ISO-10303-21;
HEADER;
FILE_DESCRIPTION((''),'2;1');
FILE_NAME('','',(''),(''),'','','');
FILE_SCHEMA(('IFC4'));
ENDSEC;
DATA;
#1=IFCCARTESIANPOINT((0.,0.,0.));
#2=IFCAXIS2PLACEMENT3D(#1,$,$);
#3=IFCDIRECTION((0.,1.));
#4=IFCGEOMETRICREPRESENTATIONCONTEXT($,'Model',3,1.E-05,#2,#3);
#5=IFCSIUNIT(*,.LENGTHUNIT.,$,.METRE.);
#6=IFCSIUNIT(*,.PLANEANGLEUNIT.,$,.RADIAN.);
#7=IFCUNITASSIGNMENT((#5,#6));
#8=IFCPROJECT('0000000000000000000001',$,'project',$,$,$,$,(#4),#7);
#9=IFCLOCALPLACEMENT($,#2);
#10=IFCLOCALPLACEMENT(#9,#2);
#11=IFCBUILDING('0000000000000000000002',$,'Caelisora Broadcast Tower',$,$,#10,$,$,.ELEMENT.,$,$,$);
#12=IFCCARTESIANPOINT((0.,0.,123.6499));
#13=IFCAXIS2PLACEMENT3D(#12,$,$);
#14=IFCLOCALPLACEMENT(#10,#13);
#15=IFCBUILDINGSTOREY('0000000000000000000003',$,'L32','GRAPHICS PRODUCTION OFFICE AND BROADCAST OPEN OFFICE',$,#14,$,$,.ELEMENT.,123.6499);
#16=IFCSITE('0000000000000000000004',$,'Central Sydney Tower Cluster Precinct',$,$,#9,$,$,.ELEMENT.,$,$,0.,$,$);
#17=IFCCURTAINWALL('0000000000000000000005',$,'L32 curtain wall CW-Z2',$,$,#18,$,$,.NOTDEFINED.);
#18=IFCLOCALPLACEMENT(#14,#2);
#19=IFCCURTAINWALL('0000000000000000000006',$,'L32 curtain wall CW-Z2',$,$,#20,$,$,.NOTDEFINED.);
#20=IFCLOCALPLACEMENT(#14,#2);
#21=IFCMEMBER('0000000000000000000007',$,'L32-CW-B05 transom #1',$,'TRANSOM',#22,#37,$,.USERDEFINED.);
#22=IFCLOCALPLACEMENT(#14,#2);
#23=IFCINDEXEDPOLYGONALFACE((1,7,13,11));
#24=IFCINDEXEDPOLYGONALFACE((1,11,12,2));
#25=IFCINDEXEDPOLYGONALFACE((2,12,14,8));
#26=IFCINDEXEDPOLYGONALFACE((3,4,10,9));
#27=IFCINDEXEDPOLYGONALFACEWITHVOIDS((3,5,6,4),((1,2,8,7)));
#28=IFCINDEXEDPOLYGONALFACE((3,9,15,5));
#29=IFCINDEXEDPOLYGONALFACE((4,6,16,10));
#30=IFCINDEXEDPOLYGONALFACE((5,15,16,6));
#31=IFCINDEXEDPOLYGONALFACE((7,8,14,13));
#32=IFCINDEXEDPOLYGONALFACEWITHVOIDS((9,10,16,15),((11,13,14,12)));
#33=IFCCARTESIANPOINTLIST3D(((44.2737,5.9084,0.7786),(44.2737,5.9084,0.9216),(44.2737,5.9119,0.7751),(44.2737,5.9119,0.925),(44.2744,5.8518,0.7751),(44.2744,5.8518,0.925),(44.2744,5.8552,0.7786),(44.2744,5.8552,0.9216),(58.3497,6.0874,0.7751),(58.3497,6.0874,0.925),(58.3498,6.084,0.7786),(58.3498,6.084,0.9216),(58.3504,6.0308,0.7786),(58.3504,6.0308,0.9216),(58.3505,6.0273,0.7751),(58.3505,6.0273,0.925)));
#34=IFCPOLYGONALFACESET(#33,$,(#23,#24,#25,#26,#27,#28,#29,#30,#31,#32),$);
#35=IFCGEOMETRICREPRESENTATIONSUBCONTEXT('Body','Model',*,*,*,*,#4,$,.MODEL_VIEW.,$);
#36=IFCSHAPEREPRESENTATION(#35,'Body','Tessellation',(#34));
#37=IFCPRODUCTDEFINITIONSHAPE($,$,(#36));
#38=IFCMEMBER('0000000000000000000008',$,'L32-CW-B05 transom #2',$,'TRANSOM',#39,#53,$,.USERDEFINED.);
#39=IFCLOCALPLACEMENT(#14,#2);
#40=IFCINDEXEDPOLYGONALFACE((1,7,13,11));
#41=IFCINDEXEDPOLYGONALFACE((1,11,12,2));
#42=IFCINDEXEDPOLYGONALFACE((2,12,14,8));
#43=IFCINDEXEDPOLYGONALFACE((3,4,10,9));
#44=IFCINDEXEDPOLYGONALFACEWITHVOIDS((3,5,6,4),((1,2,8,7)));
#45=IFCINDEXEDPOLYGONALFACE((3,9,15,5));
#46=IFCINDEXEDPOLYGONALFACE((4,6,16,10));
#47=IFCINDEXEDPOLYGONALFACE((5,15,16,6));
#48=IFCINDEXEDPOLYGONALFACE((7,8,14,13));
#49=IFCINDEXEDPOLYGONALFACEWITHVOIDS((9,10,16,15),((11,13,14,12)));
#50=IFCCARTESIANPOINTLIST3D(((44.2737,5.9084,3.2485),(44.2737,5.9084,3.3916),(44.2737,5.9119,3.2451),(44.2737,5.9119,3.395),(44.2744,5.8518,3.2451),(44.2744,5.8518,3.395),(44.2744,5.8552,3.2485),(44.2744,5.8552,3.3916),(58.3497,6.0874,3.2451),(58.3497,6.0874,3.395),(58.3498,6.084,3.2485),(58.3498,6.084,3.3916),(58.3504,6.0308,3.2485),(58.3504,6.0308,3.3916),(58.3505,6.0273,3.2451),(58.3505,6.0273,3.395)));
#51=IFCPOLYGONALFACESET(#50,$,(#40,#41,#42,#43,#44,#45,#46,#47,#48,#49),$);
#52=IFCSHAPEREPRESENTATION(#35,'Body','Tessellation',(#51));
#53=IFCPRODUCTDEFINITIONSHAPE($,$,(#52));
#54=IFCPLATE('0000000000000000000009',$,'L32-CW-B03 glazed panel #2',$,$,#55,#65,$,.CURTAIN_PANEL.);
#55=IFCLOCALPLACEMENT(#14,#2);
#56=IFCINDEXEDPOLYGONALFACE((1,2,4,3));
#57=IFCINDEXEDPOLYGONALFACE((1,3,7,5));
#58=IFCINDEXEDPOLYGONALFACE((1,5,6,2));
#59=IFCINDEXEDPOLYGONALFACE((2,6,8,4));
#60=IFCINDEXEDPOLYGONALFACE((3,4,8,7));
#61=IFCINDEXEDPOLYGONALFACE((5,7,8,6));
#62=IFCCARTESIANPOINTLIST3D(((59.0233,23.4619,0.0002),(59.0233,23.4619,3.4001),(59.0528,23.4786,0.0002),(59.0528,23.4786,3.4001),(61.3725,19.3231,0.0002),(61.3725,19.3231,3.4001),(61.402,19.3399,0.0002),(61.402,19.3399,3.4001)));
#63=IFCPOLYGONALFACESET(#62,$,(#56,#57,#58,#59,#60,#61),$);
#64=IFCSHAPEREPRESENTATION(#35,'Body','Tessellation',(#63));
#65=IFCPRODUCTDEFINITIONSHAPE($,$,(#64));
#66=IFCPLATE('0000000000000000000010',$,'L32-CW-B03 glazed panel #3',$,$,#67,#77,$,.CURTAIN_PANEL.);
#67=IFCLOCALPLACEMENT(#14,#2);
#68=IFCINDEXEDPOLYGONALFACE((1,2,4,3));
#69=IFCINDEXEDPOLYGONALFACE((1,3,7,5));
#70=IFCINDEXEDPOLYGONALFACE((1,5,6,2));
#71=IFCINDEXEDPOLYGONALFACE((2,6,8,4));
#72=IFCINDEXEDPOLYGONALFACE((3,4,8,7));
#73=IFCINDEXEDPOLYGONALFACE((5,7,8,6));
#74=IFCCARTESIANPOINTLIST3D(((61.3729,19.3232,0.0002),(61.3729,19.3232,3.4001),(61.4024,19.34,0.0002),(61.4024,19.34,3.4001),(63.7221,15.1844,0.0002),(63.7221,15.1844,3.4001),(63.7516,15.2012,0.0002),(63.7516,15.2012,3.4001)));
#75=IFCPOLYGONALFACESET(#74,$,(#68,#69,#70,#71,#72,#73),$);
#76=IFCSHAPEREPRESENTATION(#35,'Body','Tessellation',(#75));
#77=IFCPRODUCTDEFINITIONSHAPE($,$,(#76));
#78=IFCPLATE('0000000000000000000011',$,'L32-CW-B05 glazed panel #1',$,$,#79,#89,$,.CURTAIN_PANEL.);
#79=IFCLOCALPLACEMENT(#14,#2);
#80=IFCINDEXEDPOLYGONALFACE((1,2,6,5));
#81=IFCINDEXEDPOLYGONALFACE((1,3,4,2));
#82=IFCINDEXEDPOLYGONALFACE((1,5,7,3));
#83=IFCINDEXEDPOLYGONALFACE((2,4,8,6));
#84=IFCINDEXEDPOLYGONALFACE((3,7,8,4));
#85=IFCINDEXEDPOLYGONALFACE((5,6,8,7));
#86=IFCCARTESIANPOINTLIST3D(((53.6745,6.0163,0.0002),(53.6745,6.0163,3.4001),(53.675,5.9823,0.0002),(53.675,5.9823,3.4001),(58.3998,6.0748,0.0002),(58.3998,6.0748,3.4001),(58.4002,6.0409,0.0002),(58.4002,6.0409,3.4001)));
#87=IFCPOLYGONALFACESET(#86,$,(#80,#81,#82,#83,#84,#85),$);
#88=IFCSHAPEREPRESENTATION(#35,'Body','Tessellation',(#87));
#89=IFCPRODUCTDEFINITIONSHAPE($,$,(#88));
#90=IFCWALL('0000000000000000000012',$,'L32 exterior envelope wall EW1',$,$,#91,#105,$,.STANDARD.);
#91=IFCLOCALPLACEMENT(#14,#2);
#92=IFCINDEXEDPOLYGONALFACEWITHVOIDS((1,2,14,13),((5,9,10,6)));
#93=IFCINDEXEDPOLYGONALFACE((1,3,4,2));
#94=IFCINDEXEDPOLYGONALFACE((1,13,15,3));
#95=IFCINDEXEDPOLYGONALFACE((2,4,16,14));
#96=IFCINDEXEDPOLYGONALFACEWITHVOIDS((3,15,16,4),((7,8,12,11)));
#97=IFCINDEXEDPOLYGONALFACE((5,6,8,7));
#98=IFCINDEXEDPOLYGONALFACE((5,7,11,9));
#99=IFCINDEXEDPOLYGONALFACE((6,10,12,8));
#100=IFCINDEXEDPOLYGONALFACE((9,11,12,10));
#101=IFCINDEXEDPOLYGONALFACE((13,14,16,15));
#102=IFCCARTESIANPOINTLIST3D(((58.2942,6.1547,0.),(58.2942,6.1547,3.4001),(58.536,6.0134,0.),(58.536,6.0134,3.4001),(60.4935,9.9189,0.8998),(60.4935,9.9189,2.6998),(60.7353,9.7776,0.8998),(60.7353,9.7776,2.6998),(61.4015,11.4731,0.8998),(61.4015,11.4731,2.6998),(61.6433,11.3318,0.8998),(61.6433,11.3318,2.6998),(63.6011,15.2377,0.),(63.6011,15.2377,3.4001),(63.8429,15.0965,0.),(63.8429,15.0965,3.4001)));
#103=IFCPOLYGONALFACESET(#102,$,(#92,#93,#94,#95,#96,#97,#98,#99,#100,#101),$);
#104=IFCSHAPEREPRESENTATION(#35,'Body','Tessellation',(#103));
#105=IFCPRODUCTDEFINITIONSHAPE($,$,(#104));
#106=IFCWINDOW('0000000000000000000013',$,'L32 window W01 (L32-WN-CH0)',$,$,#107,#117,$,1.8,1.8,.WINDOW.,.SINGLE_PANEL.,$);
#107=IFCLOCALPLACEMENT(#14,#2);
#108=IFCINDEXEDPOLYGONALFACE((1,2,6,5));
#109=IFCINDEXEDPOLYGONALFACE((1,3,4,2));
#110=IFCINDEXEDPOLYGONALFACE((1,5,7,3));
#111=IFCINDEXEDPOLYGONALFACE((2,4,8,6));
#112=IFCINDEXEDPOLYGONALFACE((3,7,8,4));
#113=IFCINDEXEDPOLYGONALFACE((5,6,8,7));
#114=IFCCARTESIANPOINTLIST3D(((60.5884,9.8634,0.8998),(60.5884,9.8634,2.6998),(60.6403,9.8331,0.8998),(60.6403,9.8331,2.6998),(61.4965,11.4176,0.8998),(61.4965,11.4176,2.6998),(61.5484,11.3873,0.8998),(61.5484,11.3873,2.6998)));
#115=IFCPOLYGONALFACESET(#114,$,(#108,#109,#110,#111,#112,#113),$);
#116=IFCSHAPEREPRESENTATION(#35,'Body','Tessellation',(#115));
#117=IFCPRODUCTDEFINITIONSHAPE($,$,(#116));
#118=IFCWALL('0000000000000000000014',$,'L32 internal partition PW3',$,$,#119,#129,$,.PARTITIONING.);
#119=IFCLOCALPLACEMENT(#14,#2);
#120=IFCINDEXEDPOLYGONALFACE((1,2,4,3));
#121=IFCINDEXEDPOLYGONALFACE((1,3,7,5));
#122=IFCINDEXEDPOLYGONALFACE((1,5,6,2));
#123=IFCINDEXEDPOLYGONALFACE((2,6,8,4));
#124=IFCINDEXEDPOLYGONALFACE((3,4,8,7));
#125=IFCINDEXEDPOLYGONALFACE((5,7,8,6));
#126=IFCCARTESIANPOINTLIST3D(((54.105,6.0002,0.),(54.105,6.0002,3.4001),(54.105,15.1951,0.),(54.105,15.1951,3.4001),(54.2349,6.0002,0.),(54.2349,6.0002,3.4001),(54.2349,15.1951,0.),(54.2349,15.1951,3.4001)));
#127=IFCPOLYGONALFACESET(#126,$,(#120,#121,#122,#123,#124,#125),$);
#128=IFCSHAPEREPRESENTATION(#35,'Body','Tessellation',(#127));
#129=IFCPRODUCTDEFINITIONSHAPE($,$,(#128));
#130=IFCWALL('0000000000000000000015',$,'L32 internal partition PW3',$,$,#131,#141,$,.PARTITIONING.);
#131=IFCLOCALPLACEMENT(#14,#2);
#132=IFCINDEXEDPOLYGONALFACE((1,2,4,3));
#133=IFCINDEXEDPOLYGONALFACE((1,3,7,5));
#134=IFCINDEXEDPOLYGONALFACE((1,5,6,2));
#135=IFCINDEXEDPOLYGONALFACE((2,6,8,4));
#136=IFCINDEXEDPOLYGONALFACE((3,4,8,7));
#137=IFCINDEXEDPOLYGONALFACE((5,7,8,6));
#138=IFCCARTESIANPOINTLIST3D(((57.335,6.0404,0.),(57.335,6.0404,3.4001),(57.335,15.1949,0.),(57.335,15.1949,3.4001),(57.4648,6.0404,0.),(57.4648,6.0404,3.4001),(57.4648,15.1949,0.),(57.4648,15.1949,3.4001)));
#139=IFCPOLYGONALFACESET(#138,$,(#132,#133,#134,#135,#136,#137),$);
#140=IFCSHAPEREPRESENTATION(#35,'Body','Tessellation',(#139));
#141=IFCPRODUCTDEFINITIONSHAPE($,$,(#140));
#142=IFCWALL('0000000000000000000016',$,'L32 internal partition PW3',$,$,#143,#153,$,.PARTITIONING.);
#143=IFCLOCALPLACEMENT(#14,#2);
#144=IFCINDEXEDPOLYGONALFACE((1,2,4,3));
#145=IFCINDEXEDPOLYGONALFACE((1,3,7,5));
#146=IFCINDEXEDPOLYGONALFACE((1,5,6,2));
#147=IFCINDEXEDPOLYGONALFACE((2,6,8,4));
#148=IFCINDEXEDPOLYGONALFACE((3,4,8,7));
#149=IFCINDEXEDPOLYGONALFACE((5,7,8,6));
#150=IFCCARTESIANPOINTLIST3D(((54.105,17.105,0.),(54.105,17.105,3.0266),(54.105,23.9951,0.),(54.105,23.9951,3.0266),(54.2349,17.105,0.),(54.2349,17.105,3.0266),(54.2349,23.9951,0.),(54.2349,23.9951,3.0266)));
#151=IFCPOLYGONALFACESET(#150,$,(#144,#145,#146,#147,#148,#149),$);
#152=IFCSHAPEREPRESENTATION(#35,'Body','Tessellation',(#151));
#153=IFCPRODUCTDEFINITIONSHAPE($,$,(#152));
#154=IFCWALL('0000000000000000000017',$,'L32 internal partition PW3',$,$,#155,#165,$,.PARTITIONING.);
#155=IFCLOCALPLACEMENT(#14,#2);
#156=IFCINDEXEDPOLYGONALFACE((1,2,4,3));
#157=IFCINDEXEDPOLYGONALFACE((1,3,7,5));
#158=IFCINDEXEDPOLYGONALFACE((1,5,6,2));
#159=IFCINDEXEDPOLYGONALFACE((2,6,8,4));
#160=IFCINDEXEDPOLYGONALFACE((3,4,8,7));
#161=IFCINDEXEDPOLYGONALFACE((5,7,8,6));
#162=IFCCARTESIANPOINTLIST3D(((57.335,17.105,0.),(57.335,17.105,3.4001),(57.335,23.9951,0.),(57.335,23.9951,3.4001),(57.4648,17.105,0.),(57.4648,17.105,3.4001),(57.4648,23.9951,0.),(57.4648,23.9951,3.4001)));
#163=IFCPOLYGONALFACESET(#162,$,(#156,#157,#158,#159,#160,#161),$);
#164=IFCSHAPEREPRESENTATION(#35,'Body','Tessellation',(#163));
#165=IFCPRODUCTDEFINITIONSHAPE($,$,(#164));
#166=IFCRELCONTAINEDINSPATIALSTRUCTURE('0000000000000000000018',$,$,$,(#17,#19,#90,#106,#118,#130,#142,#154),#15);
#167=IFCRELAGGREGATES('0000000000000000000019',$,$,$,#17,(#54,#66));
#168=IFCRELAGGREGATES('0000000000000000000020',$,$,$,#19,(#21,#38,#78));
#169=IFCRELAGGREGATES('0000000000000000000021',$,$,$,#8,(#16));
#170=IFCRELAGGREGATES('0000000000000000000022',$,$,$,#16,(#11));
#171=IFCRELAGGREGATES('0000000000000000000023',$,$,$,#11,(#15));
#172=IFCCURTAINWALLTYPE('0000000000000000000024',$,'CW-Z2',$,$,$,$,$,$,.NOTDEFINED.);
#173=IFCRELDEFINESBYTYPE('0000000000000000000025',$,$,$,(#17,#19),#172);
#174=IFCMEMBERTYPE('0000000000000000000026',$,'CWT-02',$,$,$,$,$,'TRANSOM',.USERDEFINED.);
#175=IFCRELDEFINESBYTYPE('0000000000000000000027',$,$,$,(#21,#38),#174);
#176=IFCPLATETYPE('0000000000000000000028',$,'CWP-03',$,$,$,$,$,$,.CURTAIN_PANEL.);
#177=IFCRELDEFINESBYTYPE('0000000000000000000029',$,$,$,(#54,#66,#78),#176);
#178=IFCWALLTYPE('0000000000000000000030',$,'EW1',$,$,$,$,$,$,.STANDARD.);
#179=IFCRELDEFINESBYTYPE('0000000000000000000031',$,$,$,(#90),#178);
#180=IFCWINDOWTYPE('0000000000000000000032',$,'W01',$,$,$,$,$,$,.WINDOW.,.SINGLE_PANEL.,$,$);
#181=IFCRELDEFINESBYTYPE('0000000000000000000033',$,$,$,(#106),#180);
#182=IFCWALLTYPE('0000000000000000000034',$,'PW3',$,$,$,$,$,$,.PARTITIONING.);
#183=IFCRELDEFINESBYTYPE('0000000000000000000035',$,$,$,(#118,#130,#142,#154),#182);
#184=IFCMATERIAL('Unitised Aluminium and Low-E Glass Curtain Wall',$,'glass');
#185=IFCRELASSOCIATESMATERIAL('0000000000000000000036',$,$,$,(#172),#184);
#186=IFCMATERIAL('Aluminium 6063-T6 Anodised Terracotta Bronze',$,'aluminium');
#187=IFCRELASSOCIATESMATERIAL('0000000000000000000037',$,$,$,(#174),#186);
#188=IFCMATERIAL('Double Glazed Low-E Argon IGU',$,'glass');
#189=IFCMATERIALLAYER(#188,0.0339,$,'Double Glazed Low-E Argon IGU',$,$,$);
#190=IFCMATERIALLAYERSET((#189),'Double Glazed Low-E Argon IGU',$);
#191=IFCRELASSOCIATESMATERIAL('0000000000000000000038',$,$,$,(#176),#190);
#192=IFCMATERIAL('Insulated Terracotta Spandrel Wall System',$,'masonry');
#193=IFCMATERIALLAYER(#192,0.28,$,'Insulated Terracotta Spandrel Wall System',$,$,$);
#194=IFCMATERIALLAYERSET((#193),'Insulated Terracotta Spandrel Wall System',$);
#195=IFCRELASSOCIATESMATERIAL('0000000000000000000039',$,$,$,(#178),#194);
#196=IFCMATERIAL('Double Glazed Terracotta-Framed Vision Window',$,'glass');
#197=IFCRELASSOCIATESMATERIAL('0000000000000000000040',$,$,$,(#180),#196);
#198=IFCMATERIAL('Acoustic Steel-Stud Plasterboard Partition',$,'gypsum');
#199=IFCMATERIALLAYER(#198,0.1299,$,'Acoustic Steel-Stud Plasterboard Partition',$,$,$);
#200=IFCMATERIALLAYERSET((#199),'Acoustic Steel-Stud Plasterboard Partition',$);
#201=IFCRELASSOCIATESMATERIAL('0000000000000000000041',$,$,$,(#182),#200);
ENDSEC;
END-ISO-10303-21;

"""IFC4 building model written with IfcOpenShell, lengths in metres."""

from ifc_helpers import new_model, si_unit, direction, frame, frame_2d, origin, origin_2d, place, context, subcontext, project, spatial, rectangle, hollow_rectangle, extrude, source, transform, mapped, material, layer, layer_set, material_profile, profile_set, type_object, type_shapes, element, fill, aggregate, save


model = new_model("IFC4")

# Units and contexts
model_context = context("Model", 3, precision=1e-05, world=origin(), true_north=direction((0.0, 1.0)))
body_context = subcontext(model_context, "Body", "Model", "MODEL_VIEW")
ifc_project = project(units=[si_unit("LENGTHUNIT", "METRE"), si_unit("PLANEANGLEUNIT", "RADIAN")], contexts=[model_context])

# Site, building, storey
site_placement = place(None, origin())
site = spatial("IfcSite", under=ifc_project, at=site_placement, Name="Central Sydney Tower Cluster Precinct", CompositionType="ELEMENT", RefElevation=0.0)
building_placement = place(site_placement, origin())
building = spatial("IfcBuilding", under=site, at=building_placement, Name="Caelisora Broadcast Tower", CompositionType="ELEMENT")
storey_placement = place(building_placement, frame((0.0, 0.0, 123.6499)))
storey = spatial("IfcBuildingStorey", under=building, at=storey_placement, Name="L32", Description="GRAPHICS PRODUCTION OFFICE AND BROADCAST OPEN OFFICE", CompositionType="ELEMENT", Elevation=123.6499)

# Curtain walls, members
ifc_material_1 = material(Name="Unitised Aluminium and Low-E Glass Curtain Wall", Category="glass")
curtain_wall_type = type_object("IfcCurtainWallType", Name="CW-Z2", PredefinedType="NOTDEFINED", material=ifc_material_1)
curtain_wall_1_placement = place(storey_placement, origin())
curtain_wall_1 = element("IfcCurtainWall", 1, at=curtain_wall_1_placement, inside=storey, type_object=curtain_wall_type, Name="L32 curtain wall CW-Z2", PredefinedType="NOTDEFINED")
ifc_material_2 = material(Name="Aluminium 6063-T6 Anodised Terracotta Bronze", Category="aluminium")
curtain_wall_2_placement = place(storey_placement, origin())
curtain_wall_2 = element("IfcCurtainWall", 2, at=curtain_wall_2_placement, inside=storey, type_object=curtain_wall_type, Name="L32 curtain wall CW-Z2", PredefinedType="NOTDEFINED")
ifc_material_profile_1 = material_profile(ifc_material_2, hollow_rectangle(XDim=0.0601, YDim=0.1499, WallThickness=0.0034, at=origin_2d()), Name="Aluminium 6063-T6 Anodised Terracotta Bronze")
ifc_profile_set_1 = profile_set([ifc_material_profile_1], Name="Aluminium 6063-T6 Anodised Terracotta Bronze")
member_type_1 = type_object("IfcMemberType", Name="CWT-02", ElementType="TRANSOM", PredefinedType="USERDEFINED", material=ifc_profile_set_1)
shared_shape_1 = source(origin(), body_context, "Body", "SweptSolid", [
    extrude(hollow_rectangle(XDim=0.0601, YDim=0.1499, WallThickness=0.0034, at=origin_2d()), origin(), (0.0, 0.0, 1.0), 14.0771),
])
type_shapes(member_type_1, [shared_shape_1])
member_1_placement = place(storey_placement, frame((58.3501, 6.0574, 0.8501), z_axis=(-0.999922, -0.01247, 0.0), x_axis=(0.01247, -0.999922, 0.0)))
member_1 = element("IfcMember", 3, at=member_1_placement, type_object=member_type_1, Name="L32-CW-B05 transom #1", ObjectType="TRANSOM", PredefinedType="USERDEFINED", context=body_context, shape_type="MappedRepresentation", body=[
    mapped(shared_shape_1, transform((0.0, 0.0, 0.0), scale=1.0)),
])
member_2_placement = place(storey_placement, frame((58.3501, 6.0574, 3.3201), z_axis=(-0.999922, -0.01247, 0.0), x_axis=(0.01247, -0.999922, 0.0)))
member_2 = element("IfcMember", 4, at=member_2_placement, type_object=member_type_1, Name="L32-CW-B05 transom #2", ObjectType="TRANSOM", PredefinedType="USERDEFINED", context=body_context, shape_type="MappedRepresentation", body=[
    mapped(shared_shape_1, transform((0.0, 0.0, 0.0), scale=1.0)),
])

# Plates
ifc_material_3 = material(Name="Double Glazed Low-E Argon IGU", Category="glass")
ifc_layer_1 = layer(ifc_material_3, 0.0339, Name="Double Glazed Low-E Argon IGU")
ifc_layer_set_1 = layer_set([ifc_layer_1], Name="Double Glazed Low-E Argon IGU")
plate_type = type_object("IfcPlateType", Name="CWP-03", PredefinedType="CURTAIN_PANEL", material=ifc_layer_set_1)
shared_shape_2 = source(origin(), body_context, "Body", "SweptSolid", [
    extrude(rectangle(XDim=4.759, YDim=0.0339, at=origin_2d()), origin(), (0.0, 0.0, 1.0), 3.3999),
])
plate_1_placement = place(storey_placement, frame((60.2126, 21.4009, 0.0002), z_axis=(0.0, 0.0, 1.0), x_axis=(0.493638, -0.869667, 0.0)))
plate_1 = element("IfcPlate", 5, at=plate_1_placement, type_object=plate_type, Name="L32-CW-B03 glazed panel #2", PredefinedType="CURTAIN_PANEL", context=body_context, shape_type="MappedRepresentation", body=[
    mapped(shared_shape_2, transform((0.0, 0.0, 0.0), scale=1.0)),
])
plate_2_placement = place(storey_placement, frame((62.5623, 17.2622, 0.0002), z_axis=(0.0, 0.0, 1.0), x_axis=(0.493638, -0.869667, 0.0)))
plate_2 = element("IfcPlate", 6, at=plate_2_placement, type_object=plate_type, Name="L32-CW-B03 glazed panel #3", PredefinedType="CURTAIN_PANEL", context=body_context, shape_type="MappedRepresentation", body=[
    mapped(shared_shape_2, transform((0.0, 0.0, 0.0), scale=1.0)),
])
aggregate(curtain_wall_1, [plate_1, plate_2])
shared_shape_3 = source(origin(), body_context, "Body", "SweptSolid", [
    extrude(rectangle(XDim=4.7256, YDim=0.0339, at=origin_2d()), origin(), (0.0, 0.0, 1.0), 3.3999),
])
type_shapes(plate_type, [shared_shape_2, shared_shape_3])
plate_3_placement = place(storey_placement, frame((56.0374, 6.0286, 0.0002), z_axis=(0.0, 0.0, 1.0), x_axis=(-0.999923, -0.012392, 0.0)))
plate_3 = element("IfcPlate", 7, at=plate_3_placement, type_object=plate_type, Name="L32-CW-B05 glazed panel #1", PredefinedType="CURTAIN_PANEL", context=body_context, shape_type="MappedRepresentation", body=[
    mapped(shared_shape_3, transform((0.0, 0.0, 0.0), scale=1.0)),
])
aggregate(curtain_wall_2, [member_1, member_2, plate_3])

# Wall, opening, window
ifc_material_4 = material(Name="Insulated Terracotta Spandrel Wall System", Category="masonry")
ifc_layer_2 = layer(ifc_material_4, 0.28, Name="Insulated Terracotta Spandrel Wall System")
ifc_layer_set_2 = layer_set([ifc_layer_2], Name="Insulated Terracotta Spandrel Wall System")
wall_type_1 = type_object("IfcWallType", Name="EW1", PredefinedType="STANDARD", material=ifc_layer_set_2)
wall_1_placement = place(storey_placement, frame((63.7219, 15.167, 0.0), z_axis=(0.0, 0.0, 1.0), x_axis=(-0.504471, -0.863429, 0.0)))
wall_1 = element("IfcWall", 8, at=wall_1_placement, inside=storey, type_object=wall_type_1, Name="L32 exterior envelope wall EW1", PredefinedType="STANDARD", context=body_context, shape_type="SweptSolid", body=[
    extrude(rectangle(XDim=10.5198, YDim=0.28, at=frame_2d((5.2598, 0.0))), origin(), (0.0, 0.0, 1.0), 3.4001),
])
opening_1_placement = place(wall_1_placement, frame((4.3601, 0.0, 0.8999)))
opening_1 = element("IfcOpeningElement", 9, at=opening_1_placement, cuts=wall_1, PredefinedType="OPENING", context=body_context, shape_type="SweptSolid", body=[
    extrude(rectangle(XDim=1.8, YDim=1.8, at=frame_2d((0.8999, 0.8999))), frame((0.0, 0.1521, 0.0), z_axis=(0.0, -1.0, 0.0), x_axis=(1.0, 0.0, 0.0)), (0.0, 0.0, 1.0), 0.304),
])
ifc_material_5 = material(Name="Double Glazed Terracotta-Framed Vision Window", Category="glass")
window_type = type_object("IfcWindowType", Name="W01", PartitioningType="SINGLE_PANEL", PredefinedType="WINDOW", material=ifc_material_5)
window_placement = place(opening_1_placement, origin())
window = element("IfcWindow", 10, at=window_placement, inside=storey, type_object=window_type, Name="L32 window W01 (L32-WN-CH0)", OverallHeight=1.8, OverallWidth=1.8, PartitioningType="SINGLE_PANEL", PredefinedType="WINDOW", context=body_context, shape_type="SweptSolid", body=[
    extrude(rectangle(XDim=1.8, YDim=1.8, at=frame_2d((0.8999, 0.8999))), frame((0.0, 0.03, 0.0), z_axis=(0.0, -1.0, 0.0), x_axis=(1.0, 0.0, 0.0)), (0.0, 0.0, 1.0), 0.0601),
])
fill(opening_1, window)

# Walls
ifc_material_6 = material(Name="Acoustic Steel-Stud Plasterboard Partition", Category="gypsum")
ifc_layer_3 = layer(ifc_material_6, 0.1299, Name="Acoustic Steel-Stud Plasterboard Partition")
ifc_layer_set_3 = layer_set([ifc_layer_3], Name="Acoustic Steel-Stud Plasterboard Partition")
wall_type_2 = type_object("IfcWallType", Name="PW3", PredefinedType="PARTITIONING", material=ifc_layer_set_3)
wall_2_placement = place(storey_placement, frame((54.1699, 6.0002, 0.0), z_axis=(0.0, 0.0, 1.0), x_axis=(0.0, 1.0, 0.0)))
element("IfcWall", 11, at=wall_2_placement, inside=storey, type_object=wall_type_2, Name="L32 internal partition PW3", PredefinedType="PARTITIONING", context=body_context, shape_type="SweptSolid", body=[
    extrude(rectangle(XDim=9.1948, YDim=0.1299, at=frame_2d((4.5974, 0.0))), origin(), (0.0, 0.0, 1.0), 3.4001),
])
wall_3_placement = place(storey_placement, frame((57.3999, 6.0405, 0.0), z_axis=(0.0, 0.0, 1.0), x_axis=(0.0, 1.0, 0.0)))
element("IfcWall", 12, at=wall_3_placement, inside=storey, type_object=wall_type_2, Name="L32 internal partition PW3", PredefinedType="PARTITIONING", context=body_context, shape_type="SweptSolid", body=[
    extrude(rectangle(XDim=9.1545, YDim=0.1299, at=frame_2d((4.5771, 0.0))), origin(), (0.0, 0.0, 1.0), 3.4001),
])
wall_4_placement = place(storey_placement, frame((54.1699, 17.105, 0.0), z_axis=(0.0, 0.0, 1.0), x_axis=(0.0, 1.0, 0.0)))
element("IfcWall", 13, at=wall_4_placement, inside=storey, type_object=wall_type_2, Name="L32 internal partition PW3", PredefinedType="PARTITIONING", context=body_context, shape_type="SweptSolid", body=[
    extrude(rectangle(XDim=6.8901, YDim=0.1299, at=frame_2d((3.4451, 0.0))), origin(), (0.0, 0.0, 1.0), 3.0266),
])
wall_5_placement = place(storey_placement, frame((57.3999, 17.105, 0.0), z_axis=(0.0, 0.0, 1.0), x_axis=(0.0, 1.0, 0.0)))
element("IfcWall", 14, at=wall_5_placement, inside=storey, type_object=wall_type_2, Name="L32 internal partition PW3", PredefinedType="PARTITIONING", context=body_context, shape_type="SweptSolid", body=[
    extrude(rectangle(XDim=6.8901, YDim=0.1299, at=frame_2d((3.4451, 0.0))), origin(), (0.0, 0.0, 1.0), 3.4001),
])

save(model, "model.ifc")
